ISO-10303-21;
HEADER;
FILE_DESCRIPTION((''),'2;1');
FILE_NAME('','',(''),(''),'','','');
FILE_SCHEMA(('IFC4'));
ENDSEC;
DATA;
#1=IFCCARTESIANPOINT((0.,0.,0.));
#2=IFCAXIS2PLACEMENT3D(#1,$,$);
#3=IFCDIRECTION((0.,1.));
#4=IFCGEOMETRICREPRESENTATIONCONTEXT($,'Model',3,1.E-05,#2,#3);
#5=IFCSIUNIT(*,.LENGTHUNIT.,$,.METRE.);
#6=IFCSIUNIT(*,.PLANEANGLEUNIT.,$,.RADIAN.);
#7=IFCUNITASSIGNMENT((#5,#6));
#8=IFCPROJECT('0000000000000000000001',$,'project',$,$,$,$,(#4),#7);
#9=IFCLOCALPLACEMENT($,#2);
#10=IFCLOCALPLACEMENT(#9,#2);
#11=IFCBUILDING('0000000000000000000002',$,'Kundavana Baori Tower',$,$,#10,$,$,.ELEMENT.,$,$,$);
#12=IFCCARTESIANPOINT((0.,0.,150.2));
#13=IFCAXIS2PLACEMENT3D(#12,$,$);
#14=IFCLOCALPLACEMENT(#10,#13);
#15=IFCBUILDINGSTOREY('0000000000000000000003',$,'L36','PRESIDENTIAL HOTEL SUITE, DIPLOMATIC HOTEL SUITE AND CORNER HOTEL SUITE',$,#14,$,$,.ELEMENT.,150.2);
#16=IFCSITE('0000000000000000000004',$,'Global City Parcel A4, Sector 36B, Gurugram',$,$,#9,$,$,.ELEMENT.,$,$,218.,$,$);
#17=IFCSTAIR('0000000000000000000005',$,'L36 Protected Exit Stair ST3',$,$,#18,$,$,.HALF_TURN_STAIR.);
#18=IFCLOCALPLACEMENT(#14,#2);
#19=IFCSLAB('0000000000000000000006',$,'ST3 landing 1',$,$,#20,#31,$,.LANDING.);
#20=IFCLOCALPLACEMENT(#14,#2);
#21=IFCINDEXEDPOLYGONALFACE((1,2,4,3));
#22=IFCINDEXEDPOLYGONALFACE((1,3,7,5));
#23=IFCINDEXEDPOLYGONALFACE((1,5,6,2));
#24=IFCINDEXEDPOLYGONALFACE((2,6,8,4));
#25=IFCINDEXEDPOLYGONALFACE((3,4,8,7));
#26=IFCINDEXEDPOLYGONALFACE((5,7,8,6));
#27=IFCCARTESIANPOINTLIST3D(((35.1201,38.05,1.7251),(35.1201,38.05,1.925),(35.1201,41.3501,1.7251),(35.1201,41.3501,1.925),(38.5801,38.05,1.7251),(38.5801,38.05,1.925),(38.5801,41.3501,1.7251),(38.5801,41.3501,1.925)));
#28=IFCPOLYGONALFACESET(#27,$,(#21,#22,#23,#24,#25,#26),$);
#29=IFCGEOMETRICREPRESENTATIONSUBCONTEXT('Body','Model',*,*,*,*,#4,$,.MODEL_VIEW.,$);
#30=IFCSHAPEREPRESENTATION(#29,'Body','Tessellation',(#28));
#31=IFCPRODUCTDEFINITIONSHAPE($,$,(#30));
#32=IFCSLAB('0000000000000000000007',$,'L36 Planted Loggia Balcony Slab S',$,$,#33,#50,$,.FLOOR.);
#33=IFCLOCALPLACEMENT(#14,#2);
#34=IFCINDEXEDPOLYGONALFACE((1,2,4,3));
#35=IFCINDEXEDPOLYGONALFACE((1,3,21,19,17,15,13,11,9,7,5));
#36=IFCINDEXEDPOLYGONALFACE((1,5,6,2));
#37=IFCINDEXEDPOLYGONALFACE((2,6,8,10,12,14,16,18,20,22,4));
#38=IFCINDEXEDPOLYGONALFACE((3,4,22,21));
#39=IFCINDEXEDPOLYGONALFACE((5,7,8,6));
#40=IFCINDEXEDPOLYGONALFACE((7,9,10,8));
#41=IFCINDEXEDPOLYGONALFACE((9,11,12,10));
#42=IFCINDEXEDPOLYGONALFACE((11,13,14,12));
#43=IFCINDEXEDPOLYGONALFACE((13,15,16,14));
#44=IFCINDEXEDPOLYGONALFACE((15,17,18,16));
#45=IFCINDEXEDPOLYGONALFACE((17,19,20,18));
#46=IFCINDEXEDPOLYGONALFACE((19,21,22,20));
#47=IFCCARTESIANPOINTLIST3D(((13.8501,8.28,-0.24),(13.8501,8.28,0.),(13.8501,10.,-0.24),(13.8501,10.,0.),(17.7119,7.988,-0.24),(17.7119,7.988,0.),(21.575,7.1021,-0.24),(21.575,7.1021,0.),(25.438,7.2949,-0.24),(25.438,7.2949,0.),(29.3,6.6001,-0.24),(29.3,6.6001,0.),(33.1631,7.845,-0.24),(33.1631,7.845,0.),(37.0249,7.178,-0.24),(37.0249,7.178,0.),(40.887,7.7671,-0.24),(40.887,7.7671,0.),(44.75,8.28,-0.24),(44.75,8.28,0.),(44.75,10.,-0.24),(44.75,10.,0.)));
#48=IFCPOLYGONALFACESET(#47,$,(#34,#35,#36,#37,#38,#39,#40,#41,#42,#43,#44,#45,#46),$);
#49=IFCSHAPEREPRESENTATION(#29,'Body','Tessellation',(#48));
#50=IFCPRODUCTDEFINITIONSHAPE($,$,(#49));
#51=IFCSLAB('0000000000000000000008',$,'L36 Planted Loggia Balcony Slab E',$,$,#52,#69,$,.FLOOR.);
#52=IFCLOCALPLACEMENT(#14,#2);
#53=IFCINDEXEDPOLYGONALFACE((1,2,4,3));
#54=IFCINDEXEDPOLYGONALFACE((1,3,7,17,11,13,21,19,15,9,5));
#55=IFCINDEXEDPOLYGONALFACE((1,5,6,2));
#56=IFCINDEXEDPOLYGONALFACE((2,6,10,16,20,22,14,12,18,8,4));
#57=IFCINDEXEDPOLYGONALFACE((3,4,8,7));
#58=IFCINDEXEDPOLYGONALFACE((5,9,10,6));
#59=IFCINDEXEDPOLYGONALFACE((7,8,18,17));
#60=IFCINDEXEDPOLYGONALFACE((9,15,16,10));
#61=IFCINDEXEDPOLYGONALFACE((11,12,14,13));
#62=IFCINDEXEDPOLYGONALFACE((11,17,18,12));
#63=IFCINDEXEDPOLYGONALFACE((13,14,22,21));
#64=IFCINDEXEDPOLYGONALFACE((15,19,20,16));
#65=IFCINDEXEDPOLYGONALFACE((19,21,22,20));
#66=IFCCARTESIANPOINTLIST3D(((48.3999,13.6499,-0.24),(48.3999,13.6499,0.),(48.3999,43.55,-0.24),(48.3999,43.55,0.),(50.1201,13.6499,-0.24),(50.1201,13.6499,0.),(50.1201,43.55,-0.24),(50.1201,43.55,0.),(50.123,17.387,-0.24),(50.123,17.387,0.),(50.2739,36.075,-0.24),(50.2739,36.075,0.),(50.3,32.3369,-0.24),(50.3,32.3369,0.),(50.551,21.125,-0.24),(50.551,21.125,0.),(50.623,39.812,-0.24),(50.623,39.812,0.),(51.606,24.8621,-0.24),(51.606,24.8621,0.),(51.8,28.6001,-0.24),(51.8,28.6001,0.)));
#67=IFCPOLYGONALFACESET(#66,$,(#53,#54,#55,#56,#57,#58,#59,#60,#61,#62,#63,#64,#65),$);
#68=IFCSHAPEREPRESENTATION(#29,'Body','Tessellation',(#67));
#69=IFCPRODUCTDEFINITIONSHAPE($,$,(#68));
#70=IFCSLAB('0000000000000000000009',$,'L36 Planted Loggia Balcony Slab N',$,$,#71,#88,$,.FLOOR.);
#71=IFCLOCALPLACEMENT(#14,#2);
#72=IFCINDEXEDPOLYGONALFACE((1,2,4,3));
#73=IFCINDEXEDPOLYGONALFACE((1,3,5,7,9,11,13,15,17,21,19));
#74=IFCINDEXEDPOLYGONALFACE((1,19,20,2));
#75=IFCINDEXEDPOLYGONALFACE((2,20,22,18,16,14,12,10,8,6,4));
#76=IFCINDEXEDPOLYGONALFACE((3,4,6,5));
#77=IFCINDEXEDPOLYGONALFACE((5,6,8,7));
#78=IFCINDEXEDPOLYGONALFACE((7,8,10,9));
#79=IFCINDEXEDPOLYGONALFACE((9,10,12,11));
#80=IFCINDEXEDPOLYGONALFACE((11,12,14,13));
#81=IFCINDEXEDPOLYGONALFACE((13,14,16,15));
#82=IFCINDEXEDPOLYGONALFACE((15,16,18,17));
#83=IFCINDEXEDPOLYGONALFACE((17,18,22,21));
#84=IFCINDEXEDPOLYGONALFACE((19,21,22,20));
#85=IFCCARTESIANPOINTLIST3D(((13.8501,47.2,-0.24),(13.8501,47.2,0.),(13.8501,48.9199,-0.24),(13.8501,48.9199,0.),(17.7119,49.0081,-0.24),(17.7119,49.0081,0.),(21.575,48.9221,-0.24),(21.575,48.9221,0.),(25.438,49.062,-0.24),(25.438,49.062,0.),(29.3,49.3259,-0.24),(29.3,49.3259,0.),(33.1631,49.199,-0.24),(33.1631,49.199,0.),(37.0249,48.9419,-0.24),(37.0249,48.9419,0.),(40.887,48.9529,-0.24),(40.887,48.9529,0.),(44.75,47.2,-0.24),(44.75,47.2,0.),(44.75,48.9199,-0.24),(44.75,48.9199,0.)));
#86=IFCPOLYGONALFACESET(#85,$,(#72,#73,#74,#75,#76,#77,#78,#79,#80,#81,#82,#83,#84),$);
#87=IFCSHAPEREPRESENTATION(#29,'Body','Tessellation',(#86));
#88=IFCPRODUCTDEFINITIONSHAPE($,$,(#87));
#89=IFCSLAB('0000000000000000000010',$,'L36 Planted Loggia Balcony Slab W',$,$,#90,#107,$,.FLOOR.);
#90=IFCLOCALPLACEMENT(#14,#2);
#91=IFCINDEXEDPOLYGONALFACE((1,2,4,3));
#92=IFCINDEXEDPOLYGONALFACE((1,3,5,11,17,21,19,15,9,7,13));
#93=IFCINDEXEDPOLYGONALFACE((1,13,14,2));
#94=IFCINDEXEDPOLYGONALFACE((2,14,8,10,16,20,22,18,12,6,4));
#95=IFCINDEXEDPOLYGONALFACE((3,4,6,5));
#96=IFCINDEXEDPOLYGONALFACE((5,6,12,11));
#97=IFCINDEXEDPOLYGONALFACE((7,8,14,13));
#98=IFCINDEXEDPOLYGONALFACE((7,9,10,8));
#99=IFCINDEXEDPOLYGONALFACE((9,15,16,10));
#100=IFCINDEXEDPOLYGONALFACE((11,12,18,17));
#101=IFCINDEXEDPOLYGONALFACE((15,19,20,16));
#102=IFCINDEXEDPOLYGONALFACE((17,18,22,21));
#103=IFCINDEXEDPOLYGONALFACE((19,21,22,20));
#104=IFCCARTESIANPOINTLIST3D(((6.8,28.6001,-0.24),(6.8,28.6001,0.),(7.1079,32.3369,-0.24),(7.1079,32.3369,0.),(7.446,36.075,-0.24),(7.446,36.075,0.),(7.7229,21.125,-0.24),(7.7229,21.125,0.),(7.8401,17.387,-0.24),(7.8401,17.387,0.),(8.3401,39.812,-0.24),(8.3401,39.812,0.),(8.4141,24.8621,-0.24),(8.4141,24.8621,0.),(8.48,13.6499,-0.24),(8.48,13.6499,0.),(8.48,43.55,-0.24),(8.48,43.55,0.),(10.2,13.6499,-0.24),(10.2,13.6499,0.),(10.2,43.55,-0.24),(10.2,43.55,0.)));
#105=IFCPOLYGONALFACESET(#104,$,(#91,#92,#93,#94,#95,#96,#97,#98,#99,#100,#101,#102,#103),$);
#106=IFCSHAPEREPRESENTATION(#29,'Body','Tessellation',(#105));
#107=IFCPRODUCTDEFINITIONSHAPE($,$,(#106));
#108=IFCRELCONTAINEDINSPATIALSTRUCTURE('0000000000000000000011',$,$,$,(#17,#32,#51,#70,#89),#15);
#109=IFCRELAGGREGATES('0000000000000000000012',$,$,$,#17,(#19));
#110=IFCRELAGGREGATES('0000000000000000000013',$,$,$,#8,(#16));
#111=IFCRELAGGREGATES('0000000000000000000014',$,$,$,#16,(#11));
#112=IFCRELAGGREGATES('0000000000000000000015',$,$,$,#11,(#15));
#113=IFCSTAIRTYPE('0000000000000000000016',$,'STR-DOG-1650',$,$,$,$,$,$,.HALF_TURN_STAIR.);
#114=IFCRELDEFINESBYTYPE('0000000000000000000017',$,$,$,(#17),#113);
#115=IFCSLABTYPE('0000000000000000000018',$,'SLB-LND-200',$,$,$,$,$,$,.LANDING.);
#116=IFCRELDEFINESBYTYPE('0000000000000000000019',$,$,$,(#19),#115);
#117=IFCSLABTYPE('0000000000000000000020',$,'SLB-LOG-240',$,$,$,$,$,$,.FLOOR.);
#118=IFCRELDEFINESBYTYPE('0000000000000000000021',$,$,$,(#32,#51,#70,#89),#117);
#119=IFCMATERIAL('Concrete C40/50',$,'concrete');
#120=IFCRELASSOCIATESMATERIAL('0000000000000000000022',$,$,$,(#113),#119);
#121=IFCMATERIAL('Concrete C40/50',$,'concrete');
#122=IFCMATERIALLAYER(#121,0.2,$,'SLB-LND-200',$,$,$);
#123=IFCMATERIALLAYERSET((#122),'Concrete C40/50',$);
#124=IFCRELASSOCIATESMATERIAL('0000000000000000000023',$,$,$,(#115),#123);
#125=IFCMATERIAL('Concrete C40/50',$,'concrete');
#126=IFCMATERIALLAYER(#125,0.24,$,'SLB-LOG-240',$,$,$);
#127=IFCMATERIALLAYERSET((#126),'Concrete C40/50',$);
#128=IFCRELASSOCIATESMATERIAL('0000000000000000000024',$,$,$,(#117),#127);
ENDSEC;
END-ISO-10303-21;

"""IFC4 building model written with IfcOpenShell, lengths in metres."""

from ifc_helpers import new_model, si_unit, direction, frame, origin, place, context, subcontext, project, spatial, polyline, outline, extrude, material, layer, layer_set, type_object, element, aggregate, save


model = new_model("IFC4")

# Units and contexts
model_context = context("Model", 3, precision=1e-05, world=origin(), true_north=direction((0.0, 1.0)))
body_context = subcontext(model_context, "Body", "Model", "MODEL_VIEW")
ifc_project = project(units=[si_unit("LENGTHUNIT", "METRE"), si_unit("PLANEANGLEUNIT", "RADIAN")], contexts=[model_context])

# Site, building, storey
site_placement = place(None, origin())
site = spatial("IfcSite", under=ifc_project, at=site_placement, Name="Global City Parcel A4, Sector 36B, Gurugram", CompositionType="ELEMENT", RefElevation=218.0)
building_placement = place(site_placement, origin())
building = spatial("IfcBuilding", under=site, at=building_placement, Name="Kundavana Baori Tower", CompositionType="ELEMENT")
storey_placement = place(building_placement, frame((0.0, 0.0, 150.2)))
storey = spatial("IfcBuildingStorey", under=building, at=storey_placement, Name="L36", Description="PRESIDENTIAL HOTEL SUITE, DIPLOMATIC HOTEL SUITE AND CORNER HOTEL SUITE", CompositionType="ELEMENT", Elevation=150.2)

# Stair, slab
ifc_material_1 = material(Name="Concrete C40/50", Category="concrete")
stair_type = type_object("IfcStairType", Name="STR-DOG-1650", PredefinedType="HALF_TURN_STAIR", material=ifc_material_1)
ifc_material_2 = material(Name="Concrete C40/50", Category="concrete")
ifc_layer_1 = layer(ifc_material_2, 0.2, Name="SLB-LND-200")
ifc_layer_set_1 = layer_set([ifc_layer_1], Name="Concrete C40/50")
slab_type_1 = type_object("IfcSlabType", Name="SLB-LND-200", PredefinedType="LANDING", material=ifc_layer_set_1)
stair_1_placement = place(storey_placement, origin())
stair_1 = element("IfcStair", 1, at=stair_1_placement, inside=storey, type_object=stair_type, Name="L36 Protected Exit Stair ST3", PredefinedType="HALF_TURN_STAIR")
slab_1_placement = place(storey_placement, frame((0.0, 0.0, 1.7251)))
slab_1 = element("IfcSlab", 2, at=slab_1_placement, type_object=slab_type_1, Name="ST3 landing 1", PredefinedType="LANDING", context=body_context, shape_type="SweptSolid", body=[
    extrude(outline(polyline([(38.5801, 38.05), (38.5801, 41.3501), (35.1201, 41.3501), (35.1201, 38.05), (38.5801, 38.05)])), origin(), (0.0, 0.0, 1.0), 0.2),
])
aggregate(stair_1, [slab_1])

# Slabs
ifc_material_3 = material(Name="Concrete C40/50", Category="concrete")
ifc_layer_2 = layer(ifc_material_3, 0.24, Name="SLB-LOG-240")
ifc_layer_set_2 = layer_set([ifc_layer_2], Name="Concrete C40/50")
slab_type_2 = type_object("IfcSlabType", Name="SLB-LOG-240", PredefinedType="FLOOR", material=ifc_layer_set_2)
slab_2_placement = place(storey_placement, frame((0.0, 0.0, -0.24)))
element("IfcSlab", 3, at=slab_2_placement, inside=storey, type_object=slab_type_2, Name="L36 Planted Loggia Balcony Slab S", PredefinedType="FLOOR", context=body_context, shape_type="SweptSolid", body=[
    extrude(outline(polyline([(13.8501, 10.0), (44.75, 10.0), (44.75, 8.28), (40.887, 7.7671), (37.0249, 7.178), (33.1631, 7.845), (29.3, 6.6001), (25.438, 7.2949), (21.575, 7.1021), (17.7119, 7.988), (13.8501, 8.28), (13.8501, 10.0)])), origin(), (0.0, 0.0, 1.0), 0.24),
])
slab_3_placement = place(storey_placement, frame((0.0, 0.0, -0.24)))
element("IfcSlab", 4, at=slab_3_placement, inside=storey, type_object=slab_type_2, Name="L36 Planted Loggia Balcony Slab E", PredefinedType="FLOOR", context=body_context, shape_type="SweptSolid", body=[
    extrude(outline(polyline([(48.3999, 13.6499), (48.3999, 43.55), (50.1201, 43.55), (50.623, 39.812), (50.2739, 36.075), (50.3, 32.3369), (51.8, 28.6001), (51.606, 24.8621), (50.551, 21.125), (50.123, 17.387), (50.1201, 13.6499), (48.3999, 13.6499)])), origin(), (0.0, 0.0, 1.0), 0.24),
])
slab_4_placement = place(storey_placement, frame((0.0, 0.0, -0.24)))
element("IfcSlab", 5, at=slab_4_placement, inside=storey, type_object=slab_type_2, Name="L36 Planted Loggia Balcony Slab N", PredefinedType="FLOOR", context=body_context, shape_type="SweptSolid", body=[
    extrude(outline(polyline([(44.75, 47.2), (13.8501, 47.2), (13.8501, 48.9199), (17.7119, 49.0081), (21.575, 48.9221), (25.438, 49.062), (29.3, 49.3259), (33.1631, 49.199), (37.0249, 48.9419), (40.887, 48.9529), (44.75, 48.9199), (44.75, 47.2)])), origin(), (0.0, 0.0, 1.0), 0.24),
])
slab_5_placement = place(storey_placement, frame((0.0, 0.0, -0.24)))
element("IfcSlab", 6, at=slab_5_placement, inside=storey, type_object=slab_type_2, Name="L36 Planted Loggia Balcony Slab W", PredefinedType="FLOOR", context=body_context, shape_type="SweptSolid", body=[
    extrude(outline(polyline([(10.2, 43.55), (10.2, 13.6499), (8.48, 13.6499), (7.8401, 17.387), (7.7229, 21.125), (8.4141, 24.8621), (6.8, 28.6001), (7.1079, 32.3369), (7.446, 36.075), (8.3401, 39.812), (8.48, 43.55), (10.2, 43.55)])), origin(), (0.0, 0.0, 1.0), 0.24),
])

save(model, "model.ifc")
